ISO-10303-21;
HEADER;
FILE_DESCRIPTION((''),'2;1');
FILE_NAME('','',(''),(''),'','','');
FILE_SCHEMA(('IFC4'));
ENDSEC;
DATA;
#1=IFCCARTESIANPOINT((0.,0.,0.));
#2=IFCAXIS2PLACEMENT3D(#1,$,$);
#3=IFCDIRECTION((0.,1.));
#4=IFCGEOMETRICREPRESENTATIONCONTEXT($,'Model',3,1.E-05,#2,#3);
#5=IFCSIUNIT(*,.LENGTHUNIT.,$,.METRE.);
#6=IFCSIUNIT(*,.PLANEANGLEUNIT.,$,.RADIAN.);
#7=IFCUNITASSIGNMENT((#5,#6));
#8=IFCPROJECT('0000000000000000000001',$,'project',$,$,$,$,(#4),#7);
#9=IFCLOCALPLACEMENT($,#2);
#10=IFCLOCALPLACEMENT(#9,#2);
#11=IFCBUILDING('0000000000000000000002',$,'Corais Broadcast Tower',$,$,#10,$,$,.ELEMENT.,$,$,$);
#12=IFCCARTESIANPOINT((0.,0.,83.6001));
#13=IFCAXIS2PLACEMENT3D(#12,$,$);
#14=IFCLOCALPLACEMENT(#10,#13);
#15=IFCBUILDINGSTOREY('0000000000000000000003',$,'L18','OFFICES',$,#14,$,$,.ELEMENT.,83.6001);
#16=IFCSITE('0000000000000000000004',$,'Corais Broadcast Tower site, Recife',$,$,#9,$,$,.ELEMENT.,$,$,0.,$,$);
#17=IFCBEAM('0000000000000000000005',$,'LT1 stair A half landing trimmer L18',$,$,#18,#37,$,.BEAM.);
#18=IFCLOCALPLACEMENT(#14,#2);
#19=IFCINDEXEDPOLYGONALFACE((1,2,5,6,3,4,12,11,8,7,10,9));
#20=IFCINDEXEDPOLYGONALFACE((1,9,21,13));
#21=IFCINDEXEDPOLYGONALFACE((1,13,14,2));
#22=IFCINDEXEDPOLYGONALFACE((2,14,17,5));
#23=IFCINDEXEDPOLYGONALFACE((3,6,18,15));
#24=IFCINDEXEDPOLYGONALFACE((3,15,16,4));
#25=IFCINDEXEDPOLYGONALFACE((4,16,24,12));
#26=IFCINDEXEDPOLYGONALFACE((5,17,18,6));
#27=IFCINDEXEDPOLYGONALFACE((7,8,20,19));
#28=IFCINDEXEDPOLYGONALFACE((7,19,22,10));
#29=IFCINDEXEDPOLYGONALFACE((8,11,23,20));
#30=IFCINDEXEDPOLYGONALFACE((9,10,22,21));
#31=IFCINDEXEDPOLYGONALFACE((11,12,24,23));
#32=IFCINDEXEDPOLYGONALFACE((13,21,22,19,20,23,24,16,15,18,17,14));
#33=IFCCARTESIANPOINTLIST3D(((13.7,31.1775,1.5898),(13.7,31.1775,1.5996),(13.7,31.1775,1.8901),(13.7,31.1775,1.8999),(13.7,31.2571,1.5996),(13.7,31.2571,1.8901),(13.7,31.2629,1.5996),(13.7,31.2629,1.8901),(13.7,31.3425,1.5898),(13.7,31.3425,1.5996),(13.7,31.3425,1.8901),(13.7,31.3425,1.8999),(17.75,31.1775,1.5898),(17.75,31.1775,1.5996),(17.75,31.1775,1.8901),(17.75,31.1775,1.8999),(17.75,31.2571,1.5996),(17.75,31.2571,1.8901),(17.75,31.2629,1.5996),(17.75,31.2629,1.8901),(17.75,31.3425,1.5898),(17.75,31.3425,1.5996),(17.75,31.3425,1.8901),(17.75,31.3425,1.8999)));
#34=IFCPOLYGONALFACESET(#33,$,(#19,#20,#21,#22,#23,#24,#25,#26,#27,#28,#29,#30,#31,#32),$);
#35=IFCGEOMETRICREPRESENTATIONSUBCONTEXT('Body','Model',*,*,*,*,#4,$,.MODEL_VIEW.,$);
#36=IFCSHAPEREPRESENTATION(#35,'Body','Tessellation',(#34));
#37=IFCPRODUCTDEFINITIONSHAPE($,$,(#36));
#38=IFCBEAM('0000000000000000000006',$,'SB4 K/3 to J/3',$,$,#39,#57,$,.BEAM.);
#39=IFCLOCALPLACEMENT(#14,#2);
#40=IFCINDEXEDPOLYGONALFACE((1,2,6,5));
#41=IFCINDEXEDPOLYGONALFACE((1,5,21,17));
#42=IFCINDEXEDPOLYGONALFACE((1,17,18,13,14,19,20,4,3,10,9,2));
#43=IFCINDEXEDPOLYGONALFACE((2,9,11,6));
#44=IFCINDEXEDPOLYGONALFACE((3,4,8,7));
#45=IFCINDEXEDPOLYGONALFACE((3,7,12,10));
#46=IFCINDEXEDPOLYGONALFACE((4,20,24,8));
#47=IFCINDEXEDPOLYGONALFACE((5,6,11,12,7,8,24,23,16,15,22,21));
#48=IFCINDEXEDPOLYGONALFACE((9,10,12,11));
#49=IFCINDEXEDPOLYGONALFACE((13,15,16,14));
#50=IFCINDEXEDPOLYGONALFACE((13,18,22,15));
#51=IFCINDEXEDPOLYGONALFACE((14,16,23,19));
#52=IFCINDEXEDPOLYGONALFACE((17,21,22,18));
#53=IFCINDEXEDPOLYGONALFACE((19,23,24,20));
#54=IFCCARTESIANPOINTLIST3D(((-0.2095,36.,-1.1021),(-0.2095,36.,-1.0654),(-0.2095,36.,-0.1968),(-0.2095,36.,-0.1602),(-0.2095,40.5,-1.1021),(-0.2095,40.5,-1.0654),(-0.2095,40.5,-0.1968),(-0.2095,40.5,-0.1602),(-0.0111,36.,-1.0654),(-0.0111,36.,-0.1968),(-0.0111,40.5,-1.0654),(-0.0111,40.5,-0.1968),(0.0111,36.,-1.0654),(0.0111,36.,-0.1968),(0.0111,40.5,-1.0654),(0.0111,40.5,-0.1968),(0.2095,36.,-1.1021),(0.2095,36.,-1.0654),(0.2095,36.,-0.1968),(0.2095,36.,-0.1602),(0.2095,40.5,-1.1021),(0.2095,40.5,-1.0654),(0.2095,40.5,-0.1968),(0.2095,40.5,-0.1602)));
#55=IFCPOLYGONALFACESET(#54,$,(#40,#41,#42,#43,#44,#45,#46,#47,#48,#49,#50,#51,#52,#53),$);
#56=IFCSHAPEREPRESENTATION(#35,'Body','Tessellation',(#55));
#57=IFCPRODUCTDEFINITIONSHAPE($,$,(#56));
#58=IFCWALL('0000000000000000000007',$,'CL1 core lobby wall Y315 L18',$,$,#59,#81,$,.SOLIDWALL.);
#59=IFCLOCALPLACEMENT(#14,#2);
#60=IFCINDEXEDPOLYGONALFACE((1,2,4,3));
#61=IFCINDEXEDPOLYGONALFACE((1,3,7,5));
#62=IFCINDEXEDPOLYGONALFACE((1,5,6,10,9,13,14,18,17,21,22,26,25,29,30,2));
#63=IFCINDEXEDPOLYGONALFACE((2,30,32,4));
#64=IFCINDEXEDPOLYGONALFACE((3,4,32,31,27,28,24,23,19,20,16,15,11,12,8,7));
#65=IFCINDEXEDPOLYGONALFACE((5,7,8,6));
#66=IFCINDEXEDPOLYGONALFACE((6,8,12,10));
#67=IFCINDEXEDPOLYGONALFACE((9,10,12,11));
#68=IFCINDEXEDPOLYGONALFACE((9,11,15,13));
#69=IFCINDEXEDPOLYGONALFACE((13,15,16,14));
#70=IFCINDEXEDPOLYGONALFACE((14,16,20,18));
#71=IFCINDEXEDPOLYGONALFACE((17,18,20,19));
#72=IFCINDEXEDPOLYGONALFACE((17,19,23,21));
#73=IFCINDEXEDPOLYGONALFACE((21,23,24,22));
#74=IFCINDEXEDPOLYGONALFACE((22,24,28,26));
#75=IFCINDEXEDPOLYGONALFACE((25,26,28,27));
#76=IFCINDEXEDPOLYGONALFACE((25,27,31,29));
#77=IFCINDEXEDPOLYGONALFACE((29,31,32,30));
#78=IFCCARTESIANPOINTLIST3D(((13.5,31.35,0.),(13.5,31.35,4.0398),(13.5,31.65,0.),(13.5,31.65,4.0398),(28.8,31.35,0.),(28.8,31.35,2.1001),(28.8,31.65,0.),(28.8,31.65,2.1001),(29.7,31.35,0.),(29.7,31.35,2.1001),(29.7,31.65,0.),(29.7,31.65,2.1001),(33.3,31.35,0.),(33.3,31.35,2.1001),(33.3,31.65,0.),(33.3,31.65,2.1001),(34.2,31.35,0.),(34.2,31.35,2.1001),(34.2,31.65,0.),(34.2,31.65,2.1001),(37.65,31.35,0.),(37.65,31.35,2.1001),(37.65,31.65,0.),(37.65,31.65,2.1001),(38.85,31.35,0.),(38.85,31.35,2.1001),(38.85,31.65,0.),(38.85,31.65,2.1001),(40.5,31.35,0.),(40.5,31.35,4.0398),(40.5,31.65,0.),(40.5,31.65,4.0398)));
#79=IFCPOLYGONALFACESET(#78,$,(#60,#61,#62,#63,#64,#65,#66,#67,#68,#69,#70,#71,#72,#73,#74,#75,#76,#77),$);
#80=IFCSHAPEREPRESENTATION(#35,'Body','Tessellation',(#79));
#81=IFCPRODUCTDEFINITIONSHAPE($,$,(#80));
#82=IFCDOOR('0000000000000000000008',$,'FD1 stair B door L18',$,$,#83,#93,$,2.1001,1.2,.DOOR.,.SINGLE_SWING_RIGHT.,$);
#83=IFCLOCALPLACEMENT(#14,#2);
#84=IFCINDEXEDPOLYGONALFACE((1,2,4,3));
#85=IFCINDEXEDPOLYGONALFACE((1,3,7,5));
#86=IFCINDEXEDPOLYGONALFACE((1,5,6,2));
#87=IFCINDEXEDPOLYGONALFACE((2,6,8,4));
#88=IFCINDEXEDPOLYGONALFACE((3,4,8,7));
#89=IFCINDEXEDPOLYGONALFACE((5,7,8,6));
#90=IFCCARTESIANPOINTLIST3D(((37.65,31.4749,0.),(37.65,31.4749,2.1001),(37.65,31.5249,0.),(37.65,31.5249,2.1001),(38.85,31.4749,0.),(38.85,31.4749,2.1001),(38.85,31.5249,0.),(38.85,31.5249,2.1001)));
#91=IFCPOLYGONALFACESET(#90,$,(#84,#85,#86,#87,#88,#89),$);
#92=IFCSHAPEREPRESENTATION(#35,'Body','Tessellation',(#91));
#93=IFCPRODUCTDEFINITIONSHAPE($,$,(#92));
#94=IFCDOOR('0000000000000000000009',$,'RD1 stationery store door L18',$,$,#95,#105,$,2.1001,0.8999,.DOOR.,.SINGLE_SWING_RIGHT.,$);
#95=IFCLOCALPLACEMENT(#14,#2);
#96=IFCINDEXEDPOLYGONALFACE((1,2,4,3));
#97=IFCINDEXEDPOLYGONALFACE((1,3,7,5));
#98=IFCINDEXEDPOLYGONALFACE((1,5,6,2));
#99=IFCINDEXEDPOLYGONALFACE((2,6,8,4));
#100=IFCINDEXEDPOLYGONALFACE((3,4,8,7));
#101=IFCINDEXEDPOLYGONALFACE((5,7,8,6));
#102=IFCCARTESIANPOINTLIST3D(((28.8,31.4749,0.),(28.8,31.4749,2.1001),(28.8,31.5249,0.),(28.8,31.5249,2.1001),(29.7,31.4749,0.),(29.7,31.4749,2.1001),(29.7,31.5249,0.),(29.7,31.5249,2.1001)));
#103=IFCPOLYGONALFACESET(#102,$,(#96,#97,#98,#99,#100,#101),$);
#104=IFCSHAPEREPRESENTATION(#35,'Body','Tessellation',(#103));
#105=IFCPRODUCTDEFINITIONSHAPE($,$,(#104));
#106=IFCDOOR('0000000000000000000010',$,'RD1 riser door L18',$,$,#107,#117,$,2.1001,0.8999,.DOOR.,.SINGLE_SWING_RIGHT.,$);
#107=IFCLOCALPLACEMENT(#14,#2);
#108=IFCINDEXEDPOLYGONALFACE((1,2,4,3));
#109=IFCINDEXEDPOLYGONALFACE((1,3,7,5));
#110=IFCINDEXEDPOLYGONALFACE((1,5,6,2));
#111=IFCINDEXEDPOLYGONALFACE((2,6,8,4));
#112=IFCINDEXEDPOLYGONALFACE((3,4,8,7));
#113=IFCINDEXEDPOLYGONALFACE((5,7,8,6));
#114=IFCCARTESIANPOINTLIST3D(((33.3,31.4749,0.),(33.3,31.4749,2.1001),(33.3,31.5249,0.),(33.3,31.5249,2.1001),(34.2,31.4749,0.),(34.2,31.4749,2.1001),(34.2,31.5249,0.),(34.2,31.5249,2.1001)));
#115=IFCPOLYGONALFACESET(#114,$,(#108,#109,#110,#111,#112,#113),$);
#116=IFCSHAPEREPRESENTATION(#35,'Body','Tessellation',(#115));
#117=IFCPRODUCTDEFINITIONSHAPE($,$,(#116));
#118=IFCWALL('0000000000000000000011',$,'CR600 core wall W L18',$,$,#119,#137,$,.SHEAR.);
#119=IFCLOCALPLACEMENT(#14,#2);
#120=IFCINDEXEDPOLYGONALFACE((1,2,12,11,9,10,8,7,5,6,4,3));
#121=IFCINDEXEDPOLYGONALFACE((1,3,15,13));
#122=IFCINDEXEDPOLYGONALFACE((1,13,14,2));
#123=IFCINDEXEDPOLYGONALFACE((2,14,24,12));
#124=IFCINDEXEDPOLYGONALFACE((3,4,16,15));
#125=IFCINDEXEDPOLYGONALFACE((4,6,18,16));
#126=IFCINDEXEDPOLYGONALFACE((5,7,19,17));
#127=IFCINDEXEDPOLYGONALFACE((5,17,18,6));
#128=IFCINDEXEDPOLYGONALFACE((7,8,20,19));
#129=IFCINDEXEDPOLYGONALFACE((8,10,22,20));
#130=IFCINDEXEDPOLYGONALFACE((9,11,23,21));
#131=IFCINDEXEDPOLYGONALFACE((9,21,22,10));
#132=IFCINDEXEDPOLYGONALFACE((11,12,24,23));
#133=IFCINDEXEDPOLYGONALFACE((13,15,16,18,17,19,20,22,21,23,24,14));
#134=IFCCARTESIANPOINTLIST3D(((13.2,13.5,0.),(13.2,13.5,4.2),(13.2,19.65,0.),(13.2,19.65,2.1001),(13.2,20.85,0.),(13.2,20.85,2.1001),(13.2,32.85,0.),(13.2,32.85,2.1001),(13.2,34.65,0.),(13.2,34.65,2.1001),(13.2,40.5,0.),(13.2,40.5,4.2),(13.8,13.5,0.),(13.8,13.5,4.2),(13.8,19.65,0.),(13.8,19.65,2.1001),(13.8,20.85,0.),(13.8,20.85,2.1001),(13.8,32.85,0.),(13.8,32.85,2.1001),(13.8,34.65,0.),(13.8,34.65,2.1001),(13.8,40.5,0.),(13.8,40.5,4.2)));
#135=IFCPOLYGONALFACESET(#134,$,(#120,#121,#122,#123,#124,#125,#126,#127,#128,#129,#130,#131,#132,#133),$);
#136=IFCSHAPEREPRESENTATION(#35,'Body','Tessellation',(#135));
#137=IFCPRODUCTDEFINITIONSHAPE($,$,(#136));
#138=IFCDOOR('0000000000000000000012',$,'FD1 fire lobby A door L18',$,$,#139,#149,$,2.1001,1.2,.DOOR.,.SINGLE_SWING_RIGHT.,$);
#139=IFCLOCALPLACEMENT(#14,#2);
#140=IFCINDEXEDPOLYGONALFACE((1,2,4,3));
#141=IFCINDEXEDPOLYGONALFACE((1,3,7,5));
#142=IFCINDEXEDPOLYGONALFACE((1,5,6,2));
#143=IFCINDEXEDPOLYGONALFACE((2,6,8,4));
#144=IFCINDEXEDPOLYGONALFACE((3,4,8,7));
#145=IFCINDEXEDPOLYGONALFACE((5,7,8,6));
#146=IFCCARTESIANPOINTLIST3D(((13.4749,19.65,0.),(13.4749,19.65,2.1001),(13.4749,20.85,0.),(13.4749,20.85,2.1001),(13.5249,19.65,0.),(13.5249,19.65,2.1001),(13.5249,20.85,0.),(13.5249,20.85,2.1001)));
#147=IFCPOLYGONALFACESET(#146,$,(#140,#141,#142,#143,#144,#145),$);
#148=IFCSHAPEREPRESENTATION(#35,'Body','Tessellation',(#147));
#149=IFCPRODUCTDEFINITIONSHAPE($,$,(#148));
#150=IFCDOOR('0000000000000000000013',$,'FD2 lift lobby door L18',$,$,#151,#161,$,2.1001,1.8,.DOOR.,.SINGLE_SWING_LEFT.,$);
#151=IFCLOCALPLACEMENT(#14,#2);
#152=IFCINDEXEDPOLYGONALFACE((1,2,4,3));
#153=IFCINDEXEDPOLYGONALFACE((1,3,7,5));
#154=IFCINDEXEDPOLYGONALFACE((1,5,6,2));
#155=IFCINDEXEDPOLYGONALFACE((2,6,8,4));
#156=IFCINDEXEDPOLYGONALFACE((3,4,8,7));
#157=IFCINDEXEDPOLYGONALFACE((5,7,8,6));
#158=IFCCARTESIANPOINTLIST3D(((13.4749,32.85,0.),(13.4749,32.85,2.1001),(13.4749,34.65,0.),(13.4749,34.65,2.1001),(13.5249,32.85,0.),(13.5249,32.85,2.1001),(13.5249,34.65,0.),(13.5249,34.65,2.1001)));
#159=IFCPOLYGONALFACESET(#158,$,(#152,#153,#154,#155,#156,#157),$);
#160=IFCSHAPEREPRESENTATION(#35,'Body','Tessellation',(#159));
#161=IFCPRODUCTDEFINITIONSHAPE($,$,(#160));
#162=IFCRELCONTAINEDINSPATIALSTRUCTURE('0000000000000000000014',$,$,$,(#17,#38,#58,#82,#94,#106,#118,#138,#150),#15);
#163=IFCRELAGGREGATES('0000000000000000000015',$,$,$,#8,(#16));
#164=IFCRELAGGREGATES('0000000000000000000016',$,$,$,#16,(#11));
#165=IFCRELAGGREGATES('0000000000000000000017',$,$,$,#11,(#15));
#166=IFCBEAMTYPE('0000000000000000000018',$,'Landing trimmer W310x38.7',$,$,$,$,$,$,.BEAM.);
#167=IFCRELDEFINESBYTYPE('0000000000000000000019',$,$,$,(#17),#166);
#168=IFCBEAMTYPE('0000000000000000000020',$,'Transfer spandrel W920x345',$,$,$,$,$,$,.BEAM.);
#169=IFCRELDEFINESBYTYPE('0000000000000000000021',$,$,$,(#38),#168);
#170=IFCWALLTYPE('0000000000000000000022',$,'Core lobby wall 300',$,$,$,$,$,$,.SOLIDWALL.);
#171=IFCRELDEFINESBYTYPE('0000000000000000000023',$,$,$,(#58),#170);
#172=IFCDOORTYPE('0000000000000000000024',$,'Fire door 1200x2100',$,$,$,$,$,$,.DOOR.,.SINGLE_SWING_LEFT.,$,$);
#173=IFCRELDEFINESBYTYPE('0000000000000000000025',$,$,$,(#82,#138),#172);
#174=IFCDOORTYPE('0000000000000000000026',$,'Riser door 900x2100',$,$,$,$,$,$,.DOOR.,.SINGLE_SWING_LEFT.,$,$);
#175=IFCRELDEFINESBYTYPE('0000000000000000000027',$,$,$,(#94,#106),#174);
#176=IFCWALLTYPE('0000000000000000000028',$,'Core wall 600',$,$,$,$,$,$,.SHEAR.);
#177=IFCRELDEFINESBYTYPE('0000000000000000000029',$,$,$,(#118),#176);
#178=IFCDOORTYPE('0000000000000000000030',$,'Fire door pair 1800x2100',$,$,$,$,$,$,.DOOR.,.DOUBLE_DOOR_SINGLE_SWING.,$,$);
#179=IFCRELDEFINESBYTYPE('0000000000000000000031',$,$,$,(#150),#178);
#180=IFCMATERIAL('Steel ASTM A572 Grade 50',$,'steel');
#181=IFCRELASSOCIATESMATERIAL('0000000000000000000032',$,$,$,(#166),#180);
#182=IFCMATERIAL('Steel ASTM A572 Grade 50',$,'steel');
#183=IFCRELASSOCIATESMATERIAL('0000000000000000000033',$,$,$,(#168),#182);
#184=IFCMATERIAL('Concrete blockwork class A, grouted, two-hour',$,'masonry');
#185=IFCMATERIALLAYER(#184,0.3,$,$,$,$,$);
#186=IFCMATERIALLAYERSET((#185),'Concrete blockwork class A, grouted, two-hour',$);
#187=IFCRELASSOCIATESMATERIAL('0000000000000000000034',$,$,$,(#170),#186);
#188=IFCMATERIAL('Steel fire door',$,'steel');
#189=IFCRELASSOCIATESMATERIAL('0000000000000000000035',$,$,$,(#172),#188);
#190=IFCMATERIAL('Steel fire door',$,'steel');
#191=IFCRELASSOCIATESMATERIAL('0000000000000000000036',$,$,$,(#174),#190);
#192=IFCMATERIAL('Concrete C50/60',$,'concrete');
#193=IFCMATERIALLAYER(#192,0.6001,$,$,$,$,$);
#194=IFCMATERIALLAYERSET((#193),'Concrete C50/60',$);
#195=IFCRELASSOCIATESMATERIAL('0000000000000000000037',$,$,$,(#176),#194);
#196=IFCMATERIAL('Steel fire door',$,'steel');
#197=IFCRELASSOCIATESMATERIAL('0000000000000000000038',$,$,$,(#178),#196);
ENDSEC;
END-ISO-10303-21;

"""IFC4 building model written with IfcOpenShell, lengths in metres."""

from ifc_helpers import new_model, si_unit, direction, frame, frame_2d, origin, origin_2d, place, context, subcontext, project, spatial, rectangle, i_section, extrude, material, layer, layer_set, material_profile, profile_set, type_object, element, fill, save


model = new_model("IFC4")

# Units and contexts
model_context = context("Model", 3, precision=1e-05, world=origin(), true_north=direction((0.0, 1.0)))
body_context = subcontext(model_context, "Body", "Model", "MODEL_VIEW")
ifc_project = project(units=[si_unit("LENGTHUNIT", "METRE"), si_unit("PLANEANGLEUNIT", "RADIAN")], contexts=[model_context])

# Site, building, storey
site_placement = place(None, origin())
site = spatial("IfcSite", under=ifc_project, at=site_placement, Name="Corais Broadcast Tower site, Recife", CompositionType="ELEMENT", RefElevation=0.0)
building_placement = place(site_placement, origin())
building = spatial("IfcBuilding", under=site, at=building_placement, Name="Corais Broadcast Tower", CompositionType="ELEMENT")
storey_placement = place(building_placement, frame((0.0, 0.0, 83.6001)))
storey = spatial("IfcBuildingStorey", under=building, at=storey_placement, Name="L18", Description="OFFICES", CompositionType="ELEMENT", Elevation=83.6001)

# Beams
ifc_material_1 = material(Name="Steel ASTM A572 Grade 50", Category="steel")
ifc_material_profile_1 = material_profile(ifc_material_1, i_section(OverallWidth=0.165, OverallDepth=0.3101, WebThickness=0.0059, FlangeThickness=0.0098, at=origin_2d()), Name="W310x38.7")
ifc_profile_set_1 = profile_set([ifc_material_profile_1], Name="Steel ASTM A572 Grade 50")
beam_type_1 = type_object("IfcBeamType", Name="Landing trimmer W310x38.7", PredefinedType="BEAM", material=ifc_profile_set_1)
beam_1_placement = place(storey_placement, frame((13.7, 31.26, 1.7449), z_axis=(1.0, 0.0, 0.0), x_axis=(0.0, 1.0, 0.0)))
element("IfcBeam", 1, at=beam_1_placement, inside=storey, type_object=beam_type_1, Name="LT1 stair A half landing trimmer L18", PredefinedType="BEAM", context=body_context, shape_type="SweptSolid", body=[
    extrude(i_section(OverallWidth=0.165, OverallDepth=0.3101, WebThickness=0.0059, FlangeThickness=0.0098, at=origin_2d()), origin(), (0.0, 0.0, 1.0), 4.05),
])
ifc_material_2 = material(Name="Steel ASTM A572 Grade 50", Category="steel")
ifc_material_profile_2 = material_profile(ifc_material_2, i_section(OverallWidth=0.4189, OverallDepth=0.9419, WebThickness=0.0222, FlangeThickness=0.0366, at=origin_2d()), Name="W920x345")
ifc_profile_set_2 = profile_set([ifc_material_profile_2], Name="Steel ASTM A572 Grade 50")
beam_type_2 = type_object("IfcBeamType", Name="Transfer spandrel W920x345", PredefinedType="BEAM", material=ifc_profile_set_2)
beam_2_placement = place(storey_placement, frame((0.0, 40.5, -0.6311), z_axis=(0.0, -1.0, 0.0), x_axis=(1.0, 0.0, 0.0)))
element("IfcBeam", 2, at=beam_2_placement, inside=storey, type_object=beam_type_2, Name="SB4 K/3 to J/3", PredefinedType="BEAM", context=body_context, shape_type="SweptSolid", body=[
    extrude(i_section(OverallWidth=0.4189, OverallDepth=0.9419, WebThickness=0.0222, FlangeThickness=0.0366, at=origin_2d()), origin(), (0.0, 0.0, 1.0), 4.5),
])

# Walls, openings, doors
ifc_material_3 = material(Name="Concrete blockwork class A, grouted, two-hour", Category="masonry")
ifc_layer_1 = layer(ifc_material_3, 0.3)
ifc_layer_set_1 = layer_set([ifc_layer_1], Name="Concrete blockwork class A, grouted, two-hour")
wall_type_1 = type_object("IfcWallType", Name="Core lobby wall 300", PredefinedType="SOLIDWALL", material=ifc_layer_set_1)
wall_1_placement = place(storey_placement, frame((13.5, 31.5, 0.0), z_axis=(0.0, 0.0, 1.0), x_axis=(1.0, 0.0, 0.0)))
wall_1 = element("IfcWall", 3, at=wall_1_placement, inside=storey, type_object=wall_type_1, Name="CL1 core lobby wall Y315 L18", PredefinedType="SOLIDWALL", context=body_context, shape_type="SweptSolid", body=[
    extrude(rectangle(XDim=27.0, YDim=0.3, at=frame_2d((13.5, 0.0))), origin(), (0.0, 0.0, 1.0), 4.0398),
])
opening_1_placement = place(wall_1_placement, frame((24.1499, 0.0, 0.0)))
opening_1 = element("IfcOpeningElement", 4, at=opening_1_placement, cuts=wall_1, PredefinedType="OPENING", context=body_context, shape_type="SweptSolid", body=[
    extrude(rectangle(XDim=1.2, YDim=2.1001, at=frame_2d((0.6001, 1.05))), frame((0.0, 0.1599, 0.0), z_axis=(0.0, -1.0, 0.0), x_axis=(1.0, 0.0, 0.0)), (0.0, 0.0, 1.0), 0.3201),
])
opening_2_placement = place(wall_1_placement, frame((15.3, 0.0, 0.0)))
opening_2 = element("IfcOpeningElement", 5, at=opening_2_placement, cuts=wall_1, PredefinedType="OPENING", context=body_context, shape_type="SweptSolid", body=[
    extrude(rectangle(XDim=0.8999, YDim=2.1001, at=frame_2d((0.45, 1.05))), frame((0.0, 0.1599, 0.0), z_axis=(0.0, -1.0, 0.0), x_axis=(1.0, 0.0, 0.0)), (0.0, 0.0, 1.0), 0.3201),
])
opening_3_placement = place(wall_1_placement, frame((19.8, 0.0, 0.0)))
opening_3 = element("IfcOpeningElement", 6, at=opening_3_placement, cuts=wall_1, PredefinedType="OPENING", context=body_context, shape_type="SweptSolid", body=[
    extrude(rectangle(XDim=0.8999, YDim=2.1001, at=frame_2d((0.45, 1.05))), frame((0.0, 0.1599, 0.0), z_axis=(0.0, -1.0, 0.0), x_axis=(1.0, 0.0, 0.0)), (0.0, 0.0, 1.0), 0.3201),
])
ifc_material_4 = material(Name="Steel fire door", Category="steel")
door_type_1 = type_object("IfcDoorType", Name="Fire door 1200x2100", OperationType="SINGLE_SWING_LEFT", PredefinedType="DOOR", material=ifc_material_4)
door_1_placement = place(opening_1_placement, origin())
door_1 = element("IfcDoor", 7, at=door_1_placement, inside=storey, type_object=door_type_1, Name="FD1 stair B door L18", OperationType="SINGLE_SWING_RIGHT", OverallHeight=2.1001, OverallWidth=1.2, PredefinedType="DOOR", context=body_context, shape_type="SweptSolid", body=[
    extrude(rectangle(XDim=1.2, YDim=2.1001, at=frame_2d((0.6001, 1.05))), frame((0.0, 0.0249, 0.0), z_axis=(0.0, -1.0, 0.0), x_axis=(1.0, 0.0, 0.0)), (0.0, 0.0, 1.0), 0.05),
])
fill(opening_1, door_1)
ifc_material_5 = material(Name="Steel fire door", Category="steel")
door_type_2 = type_object("IfcDoorType", Name="Riser door 900x2100", OperationType="SINGLE_SWING_LEFT", PredefinedType="DOOR", material=ifc_material_5)
door_2_placement = place(opening_2_placement, origin())
door_2 = element("IfcDoor", 8, at=door_2_placement, inside=storey, type_object=door_type_2, Name="RD1 stationery store door L18", OperationType="SINGLE_SWING_RIGHT", OverallHeight=2.1001, OverallWidth=0.8999, PredefinedType="DOOR", context=body_context, shape_type="SweptSolid", body=[
    extrude(rectangle(XDim=0.8999, YDim=2.1001, at=frame_2d((0.45, 1.05))), frame((0.0, 0.0249, 0.0), z_axis=(0.0, -1.0, 0.0), x_axis=(1.0, 0.0, 0.0)), (0.0, 0.0, 1.0), 0.05),
])
fill(opening_2, door_2)
door_3_placement = place(opening_3_placement, origin())
door_3 = element("IfcDoor", 9, at=door_3_placement, inside=storey, type_object=door_type_2, Name="RD1 riser door L18", OperationType="SINGLE_SWING_RIGHT", OverallHeight=2.1001, OverallWidth=0.8999, PredefinedType="DOOR", context=body_context, shape_type="SweptSolid", body=[
    extrude(rectangle(XDim=0.8999, YDim=2.1001, at=frame_2d((0.45, 1.05))), frame((0.0, 0.0249, 0.0), z_axis=(0.0, -1.0, 0.0), x_axis=(1.0, 0.0, 0.0)), (0.0, 0.0, 1.0), 0.05),
])
fill(opening_3, door_3)
ifc_material_6 = material(Name="Concrete C50/60", Category="concrete")
ifc_layer_2 = layer(ifc_material_6, 0.6001)
ifc_layer_set_2 = layer_set([ifc_layer_2], Name="Concrete C50/60")
wall_type_2 = type_object("IfcWallType", Name="Core wall 600", PredefinedType="SHEAR", material=ifc_layer_set_2)
wall_2_placement = place(storey_placement, frame((13.5, 40.5, 0.0), z_axis=(0.0, 0.0, 1.0), x_axis=(0.0, -1.0, 0.0)))
wall_2 = element("IfcWall", 10, at=wall_2_placement, inside=storey, type_object=wall_type_2, Name="CR600 core wall W L18", PredefinedType="SHEAR", context=body_context, shape_type="SweptSolid", body=[
    extrude(rectangle(XDim=27.0, YDim=0.6001, at=frame_2d((13.5, 0.0))), origin(), (0.0, 0.0, 1.0), 4.2),
])
opening_4_placement = place(wall_2_placement, frame((19.6499, 0.0, 0.0)))
opening_4 = element("IfcOpeningElement", 11, at=opening_4_placement, cuts=wall_2, PredefinedType="OPENING", context=body_context, shape_type="SweptSolid", body=[
    extrude(rectangle(XDim=1.2, YDim=2.1001, at=frame_2d((0.6001, 1.05))), frame((0.0, 0.3101, 0.0), z_axis=(0.0, -1.0, 0.0), x_axis=(1.0, 0.0, 0.0)), (0.0, 0.0, 1.0), 0.6201),
])
opening_5_placement = place(wall_2_placement, frame((5.8501, 0.0, 0.0)))
opening_5 = element("IfcOpeningElement", 12, at=opening_5_placement, cuts=wall_2, PredefinedType="OPENING", context=body_context, shape_type="SweptSolid", body=[
    extrude(rectangle(XDim=1.8, YDim=2.1001, at=frame_2d((0.8999, 1.05))), frame((0.0, 0.3101, 0.0), z_axis=(0.0, -1.0, 0.0), x_axis=(1.0, 0.0, 0.0)), (0.0, 0.0, 1.0), 0.6201),
])
door_4_placement = place(opening_4_placement, origin())
door_4 = element("IfcDoor", 13, at=door_4_placement, inside=storey, type_object=door_type_1, Name="FD1 fire lobby A door L18", OperationType="SINGLE_SWING_RIGHT", OverallHeight=2.1001, OverallWidth=1.2, PredefinedType="DOOR", context=body_context, shape_type="SweptSolid", body=[
    extrude(rectangle(XDim=1.2, YDim=2.1001, at=frame_2d((0.6001, 1.05))), frame((0.0, 0.0249, 0.0), z_axis=(0.0, -1.0, 0.0), x_axis=(1.0, 0.0, 0.0)), (0.0, 0.0, 1.0), 0.05),
])
fill(opening_4, door_4)
ifc_material_7 = material(Name="Steel fire door", Category="steel")
door_type_3 = type_object("IfcDoorType", Name="Fire door pair 1800x2100", OperationType="DOUBLE_DOOR_SINGLE_SWING", PredefinedType="DOOR", material=ifc_material_7)
door_5_placement = place(opening_5_placement, origin())
door_5 = element("IfcDoor", 14, at=door_5_placement, inside=storey, type_object=door_type_3, Name="FD2 lift lobby door L18", OperationType="SINGLE_SWING_LEFT", OverallHeight=2.1001, OverallWidth=1.8, PredefinedType="DOOR", context=body_context, shape_type="SweptSolid", body=[
    extrude(rectangle(XDim=1.8, YDim=2.1001, at=frame_2d((0.8999, 1.05))), frame((0.0, 0.0249, 0.0), z_axis=(0.0, -1.0, 0.0), x_axis=(1.0, 0.0, 0.0)), (0.0, 0.0, 1.0), 0.05),
])
fill(opening_5, door_5)

save(model, "model.ifc")
